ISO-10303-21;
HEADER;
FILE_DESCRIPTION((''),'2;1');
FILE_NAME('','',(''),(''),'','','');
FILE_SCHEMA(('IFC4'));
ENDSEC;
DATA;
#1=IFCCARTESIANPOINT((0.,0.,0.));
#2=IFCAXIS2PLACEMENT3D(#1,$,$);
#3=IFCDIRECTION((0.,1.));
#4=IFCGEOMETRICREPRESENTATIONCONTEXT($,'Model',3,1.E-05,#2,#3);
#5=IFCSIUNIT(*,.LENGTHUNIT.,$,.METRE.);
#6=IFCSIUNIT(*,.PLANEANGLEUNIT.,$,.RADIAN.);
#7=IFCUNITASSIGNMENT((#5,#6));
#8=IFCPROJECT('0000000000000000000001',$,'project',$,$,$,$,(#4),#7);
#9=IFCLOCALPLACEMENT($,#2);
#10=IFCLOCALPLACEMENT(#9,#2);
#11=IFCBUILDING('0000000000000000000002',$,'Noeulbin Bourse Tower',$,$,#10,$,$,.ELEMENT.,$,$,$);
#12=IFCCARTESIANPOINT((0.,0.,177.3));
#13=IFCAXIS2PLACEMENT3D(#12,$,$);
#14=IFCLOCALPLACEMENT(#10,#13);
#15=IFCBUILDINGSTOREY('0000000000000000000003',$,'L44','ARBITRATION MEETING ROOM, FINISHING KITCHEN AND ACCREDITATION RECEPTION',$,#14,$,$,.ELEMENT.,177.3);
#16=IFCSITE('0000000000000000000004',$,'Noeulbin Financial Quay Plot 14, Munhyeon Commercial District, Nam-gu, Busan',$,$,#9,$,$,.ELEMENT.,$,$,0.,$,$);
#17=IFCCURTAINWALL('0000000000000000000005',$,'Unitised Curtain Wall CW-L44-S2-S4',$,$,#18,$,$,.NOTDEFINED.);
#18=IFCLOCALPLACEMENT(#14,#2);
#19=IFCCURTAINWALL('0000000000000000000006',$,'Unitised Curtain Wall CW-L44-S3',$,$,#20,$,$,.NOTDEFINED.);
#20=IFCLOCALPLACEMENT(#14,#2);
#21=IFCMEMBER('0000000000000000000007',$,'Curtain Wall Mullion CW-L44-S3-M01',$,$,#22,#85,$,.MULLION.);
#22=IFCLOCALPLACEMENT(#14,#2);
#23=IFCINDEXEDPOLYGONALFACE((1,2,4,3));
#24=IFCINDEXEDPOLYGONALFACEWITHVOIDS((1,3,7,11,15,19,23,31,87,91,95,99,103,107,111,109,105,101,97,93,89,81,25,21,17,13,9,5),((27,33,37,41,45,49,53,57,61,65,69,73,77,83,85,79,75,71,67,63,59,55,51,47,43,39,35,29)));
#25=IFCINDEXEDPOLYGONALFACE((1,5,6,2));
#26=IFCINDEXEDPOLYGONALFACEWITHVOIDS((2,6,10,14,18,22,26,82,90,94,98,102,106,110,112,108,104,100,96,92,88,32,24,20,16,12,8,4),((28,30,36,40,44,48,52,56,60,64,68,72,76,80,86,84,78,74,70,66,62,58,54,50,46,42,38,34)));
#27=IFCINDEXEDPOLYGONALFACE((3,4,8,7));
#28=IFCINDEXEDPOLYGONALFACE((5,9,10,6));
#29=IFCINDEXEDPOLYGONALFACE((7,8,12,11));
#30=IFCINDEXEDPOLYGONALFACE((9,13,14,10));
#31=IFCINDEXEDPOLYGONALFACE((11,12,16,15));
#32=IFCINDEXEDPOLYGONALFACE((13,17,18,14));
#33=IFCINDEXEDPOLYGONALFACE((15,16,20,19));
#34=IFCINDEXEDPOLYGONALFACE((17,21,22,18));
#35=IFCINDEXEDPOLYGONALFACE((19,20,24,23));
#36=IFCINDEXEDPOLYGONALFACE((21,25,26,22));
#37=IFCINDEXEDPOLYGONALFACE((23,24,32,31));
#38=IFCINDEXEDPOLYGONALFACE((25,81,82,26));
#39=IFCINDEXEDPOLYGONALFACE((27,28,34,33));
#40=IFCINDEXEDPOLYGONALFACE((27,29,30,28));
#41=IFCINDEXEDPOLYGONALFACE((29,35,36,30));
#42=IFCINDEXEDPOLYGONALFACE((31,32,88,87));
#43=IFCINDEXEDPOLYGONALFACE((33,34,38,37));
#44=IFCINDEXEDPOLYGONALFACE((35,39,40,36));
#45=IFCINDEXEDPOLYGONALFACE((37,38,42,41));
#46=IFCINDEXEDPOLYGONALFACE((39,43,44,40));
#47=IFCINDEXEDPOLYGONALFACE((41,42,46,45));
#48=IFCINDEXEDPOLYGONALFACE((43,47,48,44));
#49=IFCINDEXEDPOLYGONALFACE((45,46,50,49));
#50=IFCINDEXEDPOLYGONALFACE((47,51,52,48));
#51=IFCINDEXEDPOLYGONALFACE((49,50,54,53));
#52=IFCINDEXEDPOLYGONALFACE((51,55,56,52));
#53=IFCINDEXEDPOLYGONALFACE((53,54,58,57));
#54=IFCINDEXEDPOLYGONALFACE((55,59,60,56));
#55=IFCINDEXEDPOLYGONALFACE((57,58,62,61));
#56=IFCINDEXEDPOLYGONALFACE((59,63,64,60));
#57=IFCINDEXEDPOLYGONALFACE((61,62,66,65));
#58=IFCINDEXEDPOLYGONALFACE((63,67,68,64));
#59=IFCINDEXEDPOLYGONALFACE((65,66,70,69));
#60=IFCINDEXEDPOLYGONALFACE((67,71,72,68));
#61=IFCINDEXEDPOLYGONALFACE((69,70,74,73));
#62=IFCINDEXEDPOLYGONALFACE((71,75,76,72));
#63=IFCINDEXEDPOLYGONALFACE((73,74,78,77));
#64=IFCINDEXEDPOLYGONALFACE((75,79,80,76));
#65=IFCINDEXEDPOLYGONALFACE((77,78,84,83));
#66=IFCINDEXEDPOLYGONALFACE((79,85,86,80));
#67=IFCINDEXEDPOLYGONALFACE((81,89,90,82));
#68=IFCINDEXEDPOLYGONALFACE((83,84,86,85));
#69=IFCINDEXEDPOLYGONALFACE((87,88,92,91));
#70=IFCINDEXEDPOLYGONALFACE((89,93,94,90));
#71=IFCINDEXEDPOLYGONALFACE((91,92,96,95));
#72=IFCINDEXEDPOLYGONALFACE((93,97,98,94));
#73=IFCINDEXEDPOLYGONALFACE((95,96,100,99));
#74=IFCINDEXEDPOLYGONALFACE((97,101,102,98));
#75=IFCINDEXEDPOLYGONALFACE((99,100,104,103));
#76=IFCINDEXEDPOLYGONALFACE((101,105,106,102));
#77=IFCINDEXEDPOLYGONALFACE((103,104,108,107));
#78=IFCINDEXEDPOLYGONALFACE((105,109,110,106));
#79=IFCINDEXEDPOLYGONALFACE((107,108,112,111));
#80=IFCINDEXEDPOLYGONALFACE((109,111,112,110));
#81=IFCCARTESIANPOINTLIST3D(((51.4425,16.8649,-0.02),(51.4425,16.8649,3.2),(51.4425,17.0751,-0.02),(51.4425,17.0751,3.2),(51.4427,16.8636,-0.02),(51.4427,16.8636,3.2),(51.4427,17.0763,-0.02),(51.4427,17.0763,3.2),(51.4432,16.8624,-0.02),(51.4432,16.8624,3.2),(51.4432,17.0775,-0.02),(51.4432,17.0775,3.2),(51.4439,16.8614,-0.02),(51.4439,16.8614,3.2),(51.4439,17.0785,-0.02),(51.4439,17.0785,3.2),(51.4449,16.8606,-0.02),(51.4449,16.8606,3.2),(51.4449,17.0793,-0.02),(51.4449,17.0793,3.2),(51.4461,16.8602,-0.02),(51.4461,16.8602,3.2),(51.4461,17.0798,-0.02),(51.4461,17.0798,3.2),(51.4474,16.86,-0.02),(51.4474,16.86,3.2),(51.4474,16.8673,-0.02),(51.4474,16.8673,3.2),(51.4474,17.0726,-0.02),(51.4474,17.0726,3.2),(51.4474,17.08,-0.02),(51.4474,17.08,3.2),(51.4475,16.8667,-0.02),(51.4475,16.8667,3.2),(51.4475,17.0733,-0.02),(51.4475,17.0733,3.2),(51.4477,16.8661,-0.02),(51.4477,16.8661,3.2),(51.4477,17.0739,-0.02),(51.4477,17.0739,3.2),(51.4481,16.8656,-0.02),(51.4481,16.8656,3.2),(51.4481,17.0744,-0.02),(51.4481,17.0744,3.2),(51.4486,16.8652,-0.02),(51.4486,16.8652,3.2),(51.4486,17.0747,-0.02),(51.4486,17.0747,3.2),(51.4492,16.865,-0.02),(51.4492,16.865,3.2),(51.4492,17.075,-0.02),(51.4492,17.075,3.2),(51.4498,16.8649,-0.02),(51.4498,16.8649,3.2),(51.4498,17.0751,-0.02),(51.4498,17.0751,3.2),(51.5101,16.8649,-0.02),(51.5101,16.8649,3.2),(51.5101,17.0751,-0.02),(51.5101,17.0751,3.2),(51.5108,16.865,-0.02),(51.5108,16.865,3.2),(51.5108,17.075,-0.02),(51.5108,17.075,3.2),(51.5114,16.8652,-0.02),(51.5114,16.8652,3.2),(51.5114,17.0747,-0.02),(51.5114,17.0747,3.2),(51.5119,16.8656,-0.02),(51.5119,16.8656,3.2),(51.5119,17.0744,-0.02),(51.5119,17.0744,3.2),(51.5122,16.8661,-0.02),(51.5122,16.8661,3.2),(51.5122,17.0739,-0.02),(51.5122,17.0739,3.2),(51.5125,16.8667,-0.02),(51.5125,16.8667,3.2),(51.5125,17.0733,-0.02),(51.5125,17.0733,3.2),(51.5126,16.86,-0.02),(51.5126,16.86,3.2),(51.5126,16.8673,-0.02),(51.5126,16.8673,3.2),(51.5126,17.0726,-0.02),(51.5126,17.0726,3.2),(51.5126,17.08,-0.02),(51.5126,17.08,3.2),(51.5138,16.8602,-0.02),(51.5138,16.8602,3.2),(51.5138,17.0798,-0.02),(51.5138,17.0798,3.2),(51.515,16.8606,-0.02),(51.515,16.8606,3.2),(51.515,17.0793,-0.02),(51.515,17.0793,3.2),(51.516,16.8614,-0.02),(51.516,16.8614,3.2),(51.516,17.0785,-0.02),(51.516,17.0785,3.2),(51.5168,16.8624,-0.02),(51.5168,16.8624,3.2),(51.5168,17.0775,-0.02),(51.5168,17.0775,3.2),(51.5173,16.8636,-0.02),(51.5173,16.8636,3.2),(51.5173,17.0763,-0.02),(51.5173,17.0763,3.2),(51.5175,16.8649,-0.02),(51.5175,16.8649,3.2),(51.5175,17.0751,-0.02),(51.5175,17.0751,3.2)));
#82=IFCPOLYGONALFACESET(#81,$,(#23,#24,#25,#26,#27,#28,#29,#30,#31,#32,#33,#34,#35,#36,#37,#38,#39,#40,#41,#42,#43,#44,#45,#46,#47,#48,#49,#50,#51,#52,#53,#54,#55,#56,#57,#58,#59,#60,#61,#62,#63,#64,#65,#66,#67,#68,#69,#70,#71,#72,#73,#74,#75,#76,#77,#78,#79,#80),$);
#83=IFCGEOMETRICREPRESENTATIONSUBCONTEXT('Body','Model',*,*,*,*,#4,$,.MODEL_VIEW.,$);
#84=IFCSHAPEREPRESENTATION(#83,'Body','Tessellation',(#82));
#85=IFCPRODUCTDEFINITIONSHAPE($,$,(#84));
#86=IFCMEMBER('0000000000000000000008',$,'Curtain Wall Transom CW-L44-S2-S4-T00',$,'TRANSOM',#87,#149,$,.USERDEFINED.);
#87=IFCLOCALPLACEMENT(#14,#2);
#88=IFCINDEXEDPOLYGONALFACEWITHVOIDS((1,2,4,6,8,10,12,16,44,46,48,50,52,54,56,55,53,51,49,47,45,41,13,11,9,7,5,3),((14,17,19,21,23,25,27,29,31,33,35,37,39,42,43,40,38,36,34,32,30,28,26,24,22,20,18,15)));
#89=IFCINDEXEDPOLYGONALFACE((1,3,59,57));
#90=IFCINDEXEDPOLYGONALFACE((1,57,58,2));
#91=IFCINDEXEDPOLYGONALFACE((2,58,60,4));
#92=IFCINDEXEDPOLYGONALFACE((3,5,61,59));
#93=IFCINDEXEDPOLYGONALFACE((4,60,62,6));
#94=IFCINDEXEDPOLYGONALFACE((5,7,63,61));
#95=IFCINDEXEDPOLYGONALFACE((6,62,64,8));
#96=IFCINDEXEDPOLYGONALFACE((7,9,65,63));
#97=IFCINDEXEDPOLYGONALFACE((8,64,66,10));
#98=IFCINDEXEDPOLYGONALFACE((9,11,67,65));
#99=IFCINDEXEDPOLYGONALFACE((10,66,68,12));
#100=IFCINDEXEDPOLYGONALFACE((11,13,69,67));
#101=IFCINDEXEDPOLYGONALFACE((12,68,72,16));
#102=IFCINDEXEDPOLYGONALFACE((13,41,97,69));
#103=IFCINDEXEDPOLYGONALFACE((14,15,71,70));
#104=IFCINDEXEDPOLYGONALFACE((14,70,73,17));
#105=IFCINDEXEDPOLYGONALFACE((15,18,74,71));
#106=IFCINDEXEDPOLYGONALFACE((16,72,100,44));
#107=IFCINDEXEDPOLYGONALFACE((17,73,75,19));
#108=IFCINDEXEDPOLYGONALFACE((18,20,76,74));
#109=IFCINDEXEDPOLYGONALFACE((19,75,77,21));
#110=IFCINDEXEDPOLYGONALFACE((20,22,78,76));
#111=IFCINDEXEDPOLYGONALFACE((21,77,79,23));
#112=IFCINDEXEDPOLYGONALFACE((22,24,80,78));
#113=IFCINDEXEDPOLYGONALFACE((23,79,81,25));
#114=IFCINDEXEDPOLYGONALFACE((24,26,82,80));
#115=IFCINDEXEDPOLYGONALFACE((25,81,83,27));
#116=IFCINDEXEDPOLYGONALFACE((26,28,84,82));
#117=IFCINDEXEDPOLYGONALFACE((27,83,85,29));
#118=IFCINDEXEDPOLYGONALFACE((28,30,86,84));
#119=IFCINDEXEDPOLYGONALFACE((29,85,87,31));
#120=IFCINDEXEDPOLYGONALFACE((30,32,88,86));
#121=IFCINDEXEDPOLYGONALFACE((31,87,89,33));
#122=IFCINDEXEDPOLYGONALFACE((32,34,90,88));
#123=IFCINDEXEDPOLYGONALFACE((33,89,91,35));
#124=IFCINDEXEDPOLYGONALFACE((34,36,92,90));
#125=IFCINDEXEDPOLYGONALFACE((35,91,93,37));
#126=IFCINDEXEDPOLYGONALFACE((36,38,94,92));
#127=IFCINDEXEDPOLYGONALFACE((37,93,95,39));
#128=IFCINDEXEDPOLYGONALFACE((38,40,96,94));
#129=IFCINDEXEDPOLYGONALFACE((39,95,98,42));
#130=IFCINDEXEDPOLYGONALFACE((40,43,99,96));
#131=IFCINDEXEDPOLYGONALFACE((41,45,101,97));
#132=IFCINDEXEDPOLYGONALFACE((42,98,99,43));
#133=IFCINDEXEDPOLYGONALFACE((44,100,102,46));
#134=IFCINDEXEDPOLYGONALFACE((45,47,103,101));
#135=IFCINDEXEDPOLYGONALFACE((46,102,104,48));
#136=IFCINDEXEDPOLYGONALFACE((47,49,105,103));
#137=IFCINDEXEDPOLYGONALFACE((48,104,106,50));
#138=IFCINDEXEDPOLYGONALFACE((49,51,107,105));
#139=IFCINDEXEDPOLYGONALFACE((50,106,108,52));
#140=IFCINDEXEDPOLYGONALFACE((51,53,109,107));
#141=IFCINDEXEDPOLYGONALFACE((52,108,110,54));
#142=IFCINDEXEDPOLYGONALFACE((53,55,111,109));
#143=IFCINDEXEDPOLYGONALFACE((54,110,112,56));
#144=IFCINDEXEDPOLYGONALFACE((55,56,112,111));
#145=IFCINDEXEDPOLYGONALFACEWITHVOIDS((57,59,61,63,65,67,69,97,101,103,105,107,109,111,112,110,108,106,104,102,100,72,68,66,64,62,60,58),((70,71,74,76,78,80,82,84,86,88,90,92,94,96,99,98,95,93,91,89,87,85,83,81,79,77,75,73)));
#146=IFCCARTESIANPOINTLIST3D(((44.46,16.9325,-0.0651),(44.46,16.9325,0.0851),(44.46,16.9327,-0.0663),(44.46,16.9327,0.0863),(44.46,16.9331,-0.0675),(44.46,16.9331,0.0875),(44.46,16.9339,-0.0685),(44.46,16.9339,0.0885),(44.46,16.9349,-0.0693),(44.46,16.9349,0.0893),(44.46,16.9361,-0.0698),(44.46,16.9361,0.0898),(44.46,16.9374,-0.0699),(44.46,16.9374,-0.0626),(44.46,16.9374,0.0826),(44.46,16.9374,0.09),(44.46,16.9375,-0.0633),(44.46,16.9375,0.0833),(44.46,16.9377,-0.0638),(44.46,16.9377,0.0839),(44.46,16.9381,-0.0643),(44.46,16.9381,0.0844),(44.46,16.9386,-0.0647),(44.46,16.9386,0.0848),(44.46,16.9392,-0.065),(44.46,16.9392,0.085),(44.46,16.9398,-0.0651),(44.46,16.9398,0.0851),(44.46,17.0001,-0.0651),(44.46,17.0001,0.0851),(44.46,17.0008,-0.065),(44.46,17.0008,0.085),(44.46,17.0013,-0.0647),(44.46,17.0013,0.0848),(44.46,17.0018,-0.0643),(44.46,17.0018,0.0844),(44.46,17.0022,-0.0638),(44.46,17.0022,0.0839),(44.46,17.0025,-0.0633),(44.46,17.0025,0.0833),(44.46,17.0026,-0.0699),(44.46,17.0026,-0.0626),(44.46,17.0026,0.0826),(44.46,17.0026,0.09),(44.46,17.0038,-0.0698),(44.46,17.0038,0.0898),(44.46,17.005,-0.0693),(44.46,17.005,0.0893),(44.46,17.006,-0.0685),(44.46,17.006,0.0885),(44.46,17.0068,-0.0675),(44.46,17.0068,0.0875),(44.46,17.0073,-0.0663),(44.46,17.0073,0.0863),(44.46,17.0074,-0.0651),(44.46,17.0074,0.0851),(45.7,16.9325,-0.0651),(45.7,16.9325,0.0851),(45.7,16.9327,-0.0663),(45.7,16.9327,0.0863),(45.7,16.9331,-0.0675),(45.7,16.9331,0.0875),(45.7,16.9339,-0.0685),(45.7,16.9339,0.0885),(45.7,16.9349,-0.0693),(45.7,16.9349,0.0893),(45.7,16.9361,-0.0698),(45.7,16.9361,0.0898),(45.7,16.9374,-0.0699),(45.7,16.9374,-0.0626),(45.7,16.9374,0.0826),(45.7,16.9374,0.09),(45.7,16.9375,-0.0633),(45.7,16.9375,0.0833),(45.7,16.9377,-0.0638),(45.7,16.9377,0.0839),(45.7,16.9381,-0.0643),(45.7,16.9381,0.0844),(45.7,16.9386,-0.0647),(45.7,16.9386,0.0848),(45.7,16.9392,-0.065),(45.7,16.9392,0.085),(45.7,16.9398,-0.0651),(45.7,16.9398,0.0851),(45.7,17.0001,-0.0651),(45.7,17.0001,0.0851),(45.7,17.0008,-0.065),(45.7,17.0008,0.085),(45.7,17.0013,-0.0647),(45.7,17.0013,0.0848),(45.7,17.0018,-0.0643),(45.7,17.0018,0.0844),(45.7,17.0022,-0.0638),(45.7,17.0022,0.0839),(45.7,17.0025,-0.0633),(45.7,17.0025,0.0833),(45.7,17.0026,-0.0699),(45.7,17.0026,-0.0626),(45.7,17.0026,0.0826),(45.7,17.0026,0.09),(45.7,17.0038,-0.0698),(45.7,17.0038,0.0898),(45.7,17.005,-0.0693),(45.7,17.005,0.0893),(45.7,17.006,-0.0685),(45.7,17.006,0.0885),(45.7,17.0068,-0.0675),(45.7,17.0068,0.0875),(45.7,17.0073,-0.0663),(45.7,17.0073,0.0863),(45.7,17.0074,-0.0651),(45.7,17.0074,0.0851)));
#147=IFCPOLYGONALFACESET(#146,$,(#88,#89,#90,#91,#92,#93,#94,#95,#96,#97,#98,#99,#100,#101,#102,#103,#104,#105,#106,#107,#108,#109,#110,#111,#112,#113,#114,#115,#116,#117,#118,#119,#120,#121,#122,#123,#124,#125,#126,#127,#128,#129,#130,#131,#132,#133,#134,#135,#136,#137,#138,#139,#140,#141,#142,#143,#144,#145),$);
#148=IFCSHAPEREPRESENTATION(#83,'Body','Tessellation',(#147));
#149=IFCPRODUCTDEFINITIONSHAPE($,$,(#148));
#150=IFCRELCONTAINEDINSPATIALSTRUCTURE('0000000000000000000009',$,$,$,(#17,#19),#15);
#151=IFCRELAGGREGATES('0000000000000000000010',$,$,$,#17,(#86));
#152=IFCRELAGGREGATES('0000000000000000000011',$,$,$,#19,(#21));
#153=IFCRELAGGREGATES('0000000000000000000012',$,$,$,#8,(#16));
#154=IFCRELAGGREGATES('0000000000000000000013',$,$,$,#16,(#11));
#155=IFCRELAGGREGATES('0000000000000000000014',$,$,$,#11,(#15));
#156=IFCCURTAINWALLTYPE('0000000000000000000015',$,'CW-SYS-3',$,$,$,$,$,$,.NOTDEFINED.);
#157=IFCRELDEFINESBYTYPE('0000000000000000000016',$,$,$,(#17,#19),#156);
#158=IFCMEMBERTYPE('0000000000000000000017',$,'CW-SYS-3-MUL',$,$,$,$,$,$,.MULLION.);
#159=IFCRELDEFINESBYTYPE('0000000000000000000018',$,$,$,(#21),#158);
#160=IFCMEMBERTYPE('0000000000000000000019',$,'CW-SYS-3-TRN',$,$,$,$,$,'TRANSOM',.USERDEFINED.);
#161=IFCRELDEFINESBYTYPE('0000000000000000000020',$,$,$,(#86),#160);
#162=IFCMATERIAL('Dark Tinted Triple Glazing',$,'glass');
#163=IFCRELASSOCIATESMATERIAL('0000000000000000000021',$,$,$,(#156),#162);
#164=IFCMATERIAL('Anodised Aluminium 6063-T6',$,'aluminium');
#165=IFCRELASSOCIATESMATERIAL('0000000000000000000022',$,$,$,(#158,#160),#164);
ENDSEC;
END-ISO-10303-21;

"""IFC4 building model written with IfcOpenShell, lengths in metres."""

from ifc_helpers import new_model, si_unit, direction, frame, origin, origin_2d, place, context, subcontext, project, spatial, hollow_rectangle, extrude, material, material_profile, profile_set, type_object, element, aggregate, save


model = new_model("IFC4")

# Units and contexts
model_context = context("Model", 3, precision=1e-05, world=origin(), true_north=direction((0.0, 1.0)))
body_context = subcontext(model_context, "Body", "Model", "MODEL_VIEW")
ifc_project = project(units=[si_unit("LENGTHUNIT", "METRE"), si_unit("PLANEANGLEUNIT", "RADIAN")], contexts=[model_context])

# Site, building, storey
site_placement = place(None, origin())
site = spatial("IfcSite", under=ifc_project, at=site_placement, Name="Noeulbin Financial Quay Plot 14, Munhyeon Commercial District, Nam-gu, Busan", CompositionType="ELEMENT", RefElevation=0.0)
building_placement = place(site_placement, origin())
building = spatial("IfcBuilding", under=site, at=building_placement, Name="Noeulbin Bourse Tower", CompositionType="ELEMENT")
storey_placement = place(building_placement, frame((0.0, 0.0, 177.3)))
storey = spatial("IfcBuildingStorey", under=building, at=storey_placement, Name="L44", Description="ARBITRATION MEETING ROOM, FINISHING KITCHEN AND ACCREDITATION RECEPTION", CompositionType="ELEMENT", Elevation=177.3)

# Shared definitions
ifc_material_1 = material(Name="Dark Tinted Triple Glazing", Category="glass")
curtain_wall_type = type_object("IfcCurtainWallType", Name="CW-SYS-3", PredefinedType="NOTDEFINED", material=ifc_material_1)
ifc_material_2 = material(Name="Anodised Aluminium 6063-T6", Category="aluminium")
ifc_material_profile_1 = material_profile(ifc_material_2, hollow_rectangle(XDim=0.075, YDim=0.22, WallThickness=0.0049, InnerFilletRadius=0.0024, OuterFilletRadius=0.0049, at=origin_2d()), Name="ALU-MULL-75x220x5", Category="LoadBearing")
ifc_profile_set_1 = profile_set([ifc_material_profile_1], Name="Anodised Aluminium 6063-T6")
member_type_1 = type_object("IfcMemberType", Name="CW-SYS-3-MUL", PredefinedType="MULLION", material=ifc_profile_set_1)

# Curtain walls, member
curtain_wall_1_placement = place(storey_placement, origin())
curtain_wall_1 = element("IfcCurtainWall", 1, at=curtain_wall_1_placement, inside=storey, type_object=curtain_wall_type, Name="Unitised Curtain Wall CW-L44-S2-S4", PredefinedType="NOTDEFINED")
curtain_wall_2_placement = place(storey_placement, origin())
curtain_wall_2 = element("IfcCurtainWall", 2, at=curtain_wall_2_placement, inside=storey, type_object=curtain_wall_type, Name="Unitised Curtain Wall CW-L44-S3", PredefinedType="NOTDEFINED")
member_1_placement = place(storey_placement, frame((51.48, 16.97, -0.02), z_axis=(0.0, 0.0, 1.0), x_axis=(1.0, 0.0, 0.0)))
member_1 = element("IfcMember", 3, at=member_1_placement, type_object=member_type_1, Name="Curtain Wall Mullion CW-L44-S3-M01", PredefinedType="MULLION", context=body_context, shape_type="SweptSolid", body=[
    extrude(hollow_rectangle(XDim=0.075, YDim=0.22, WallThickness=0.0049, InnerFilletRadius=0.0024, OuterFilletRadius=0.0049, at=origin_2d()), origin(), (0.0, 0.0, 1.0), 3.22),
])

# Member
ifc_material_profile_2 = material_profile(ifc_material_2, hollow_rectangle(XDim=0.075, YDim=0.1599, WallThickness=0.0049, InnerFilletRadius=0.0024, OuterFilletRadius=0.0049, at=origin_2d()), Name="ALU-TRAN-75x160x5", Category="LoadBearing")
ifc_profile_set_2 = profile_set([ifc_material_profile_2], Name="Anodised Aluminium 6063-T6")
member_type_2 = type_object("IfcMemberType", Name="CW-SYS-3-TRN", ElementType="TRANSOM", PredefinedType="USERDEFINED", material=ifc_profile_set_2)
member_2_placement = place(storey_placement, frame((44.46, 16.97, 0.01), z_axis=(1.0, 0.0, 0.0), x_axis=(0.0, 1.0, 0.0)))
member_2 = element("IfcMember", 4, at=member_2_placement, type_object=member_type_2, Name="Curtain Wall Transom CW-L44-S2-S4-T00", ObjectType="TRANSOM", PredefinedType="USERDEFINED", context=body_context, shape_type="SweptSolid", body=[
    extrude(hollow_rectangle(XDim=0.075, YDim=0.1599, WallThickness=0.0049, InnerFilletRadius=0.0024, OuterFilletRadius=0.0049, at=origin_2d()), origin(), (0.0, 0.0, 1.0), 1.24),
])

aggregate(curtain_wall_1, [member_2])
aggregate(curtain_wall_2, [member_1])

save(model, "model.ifc")
